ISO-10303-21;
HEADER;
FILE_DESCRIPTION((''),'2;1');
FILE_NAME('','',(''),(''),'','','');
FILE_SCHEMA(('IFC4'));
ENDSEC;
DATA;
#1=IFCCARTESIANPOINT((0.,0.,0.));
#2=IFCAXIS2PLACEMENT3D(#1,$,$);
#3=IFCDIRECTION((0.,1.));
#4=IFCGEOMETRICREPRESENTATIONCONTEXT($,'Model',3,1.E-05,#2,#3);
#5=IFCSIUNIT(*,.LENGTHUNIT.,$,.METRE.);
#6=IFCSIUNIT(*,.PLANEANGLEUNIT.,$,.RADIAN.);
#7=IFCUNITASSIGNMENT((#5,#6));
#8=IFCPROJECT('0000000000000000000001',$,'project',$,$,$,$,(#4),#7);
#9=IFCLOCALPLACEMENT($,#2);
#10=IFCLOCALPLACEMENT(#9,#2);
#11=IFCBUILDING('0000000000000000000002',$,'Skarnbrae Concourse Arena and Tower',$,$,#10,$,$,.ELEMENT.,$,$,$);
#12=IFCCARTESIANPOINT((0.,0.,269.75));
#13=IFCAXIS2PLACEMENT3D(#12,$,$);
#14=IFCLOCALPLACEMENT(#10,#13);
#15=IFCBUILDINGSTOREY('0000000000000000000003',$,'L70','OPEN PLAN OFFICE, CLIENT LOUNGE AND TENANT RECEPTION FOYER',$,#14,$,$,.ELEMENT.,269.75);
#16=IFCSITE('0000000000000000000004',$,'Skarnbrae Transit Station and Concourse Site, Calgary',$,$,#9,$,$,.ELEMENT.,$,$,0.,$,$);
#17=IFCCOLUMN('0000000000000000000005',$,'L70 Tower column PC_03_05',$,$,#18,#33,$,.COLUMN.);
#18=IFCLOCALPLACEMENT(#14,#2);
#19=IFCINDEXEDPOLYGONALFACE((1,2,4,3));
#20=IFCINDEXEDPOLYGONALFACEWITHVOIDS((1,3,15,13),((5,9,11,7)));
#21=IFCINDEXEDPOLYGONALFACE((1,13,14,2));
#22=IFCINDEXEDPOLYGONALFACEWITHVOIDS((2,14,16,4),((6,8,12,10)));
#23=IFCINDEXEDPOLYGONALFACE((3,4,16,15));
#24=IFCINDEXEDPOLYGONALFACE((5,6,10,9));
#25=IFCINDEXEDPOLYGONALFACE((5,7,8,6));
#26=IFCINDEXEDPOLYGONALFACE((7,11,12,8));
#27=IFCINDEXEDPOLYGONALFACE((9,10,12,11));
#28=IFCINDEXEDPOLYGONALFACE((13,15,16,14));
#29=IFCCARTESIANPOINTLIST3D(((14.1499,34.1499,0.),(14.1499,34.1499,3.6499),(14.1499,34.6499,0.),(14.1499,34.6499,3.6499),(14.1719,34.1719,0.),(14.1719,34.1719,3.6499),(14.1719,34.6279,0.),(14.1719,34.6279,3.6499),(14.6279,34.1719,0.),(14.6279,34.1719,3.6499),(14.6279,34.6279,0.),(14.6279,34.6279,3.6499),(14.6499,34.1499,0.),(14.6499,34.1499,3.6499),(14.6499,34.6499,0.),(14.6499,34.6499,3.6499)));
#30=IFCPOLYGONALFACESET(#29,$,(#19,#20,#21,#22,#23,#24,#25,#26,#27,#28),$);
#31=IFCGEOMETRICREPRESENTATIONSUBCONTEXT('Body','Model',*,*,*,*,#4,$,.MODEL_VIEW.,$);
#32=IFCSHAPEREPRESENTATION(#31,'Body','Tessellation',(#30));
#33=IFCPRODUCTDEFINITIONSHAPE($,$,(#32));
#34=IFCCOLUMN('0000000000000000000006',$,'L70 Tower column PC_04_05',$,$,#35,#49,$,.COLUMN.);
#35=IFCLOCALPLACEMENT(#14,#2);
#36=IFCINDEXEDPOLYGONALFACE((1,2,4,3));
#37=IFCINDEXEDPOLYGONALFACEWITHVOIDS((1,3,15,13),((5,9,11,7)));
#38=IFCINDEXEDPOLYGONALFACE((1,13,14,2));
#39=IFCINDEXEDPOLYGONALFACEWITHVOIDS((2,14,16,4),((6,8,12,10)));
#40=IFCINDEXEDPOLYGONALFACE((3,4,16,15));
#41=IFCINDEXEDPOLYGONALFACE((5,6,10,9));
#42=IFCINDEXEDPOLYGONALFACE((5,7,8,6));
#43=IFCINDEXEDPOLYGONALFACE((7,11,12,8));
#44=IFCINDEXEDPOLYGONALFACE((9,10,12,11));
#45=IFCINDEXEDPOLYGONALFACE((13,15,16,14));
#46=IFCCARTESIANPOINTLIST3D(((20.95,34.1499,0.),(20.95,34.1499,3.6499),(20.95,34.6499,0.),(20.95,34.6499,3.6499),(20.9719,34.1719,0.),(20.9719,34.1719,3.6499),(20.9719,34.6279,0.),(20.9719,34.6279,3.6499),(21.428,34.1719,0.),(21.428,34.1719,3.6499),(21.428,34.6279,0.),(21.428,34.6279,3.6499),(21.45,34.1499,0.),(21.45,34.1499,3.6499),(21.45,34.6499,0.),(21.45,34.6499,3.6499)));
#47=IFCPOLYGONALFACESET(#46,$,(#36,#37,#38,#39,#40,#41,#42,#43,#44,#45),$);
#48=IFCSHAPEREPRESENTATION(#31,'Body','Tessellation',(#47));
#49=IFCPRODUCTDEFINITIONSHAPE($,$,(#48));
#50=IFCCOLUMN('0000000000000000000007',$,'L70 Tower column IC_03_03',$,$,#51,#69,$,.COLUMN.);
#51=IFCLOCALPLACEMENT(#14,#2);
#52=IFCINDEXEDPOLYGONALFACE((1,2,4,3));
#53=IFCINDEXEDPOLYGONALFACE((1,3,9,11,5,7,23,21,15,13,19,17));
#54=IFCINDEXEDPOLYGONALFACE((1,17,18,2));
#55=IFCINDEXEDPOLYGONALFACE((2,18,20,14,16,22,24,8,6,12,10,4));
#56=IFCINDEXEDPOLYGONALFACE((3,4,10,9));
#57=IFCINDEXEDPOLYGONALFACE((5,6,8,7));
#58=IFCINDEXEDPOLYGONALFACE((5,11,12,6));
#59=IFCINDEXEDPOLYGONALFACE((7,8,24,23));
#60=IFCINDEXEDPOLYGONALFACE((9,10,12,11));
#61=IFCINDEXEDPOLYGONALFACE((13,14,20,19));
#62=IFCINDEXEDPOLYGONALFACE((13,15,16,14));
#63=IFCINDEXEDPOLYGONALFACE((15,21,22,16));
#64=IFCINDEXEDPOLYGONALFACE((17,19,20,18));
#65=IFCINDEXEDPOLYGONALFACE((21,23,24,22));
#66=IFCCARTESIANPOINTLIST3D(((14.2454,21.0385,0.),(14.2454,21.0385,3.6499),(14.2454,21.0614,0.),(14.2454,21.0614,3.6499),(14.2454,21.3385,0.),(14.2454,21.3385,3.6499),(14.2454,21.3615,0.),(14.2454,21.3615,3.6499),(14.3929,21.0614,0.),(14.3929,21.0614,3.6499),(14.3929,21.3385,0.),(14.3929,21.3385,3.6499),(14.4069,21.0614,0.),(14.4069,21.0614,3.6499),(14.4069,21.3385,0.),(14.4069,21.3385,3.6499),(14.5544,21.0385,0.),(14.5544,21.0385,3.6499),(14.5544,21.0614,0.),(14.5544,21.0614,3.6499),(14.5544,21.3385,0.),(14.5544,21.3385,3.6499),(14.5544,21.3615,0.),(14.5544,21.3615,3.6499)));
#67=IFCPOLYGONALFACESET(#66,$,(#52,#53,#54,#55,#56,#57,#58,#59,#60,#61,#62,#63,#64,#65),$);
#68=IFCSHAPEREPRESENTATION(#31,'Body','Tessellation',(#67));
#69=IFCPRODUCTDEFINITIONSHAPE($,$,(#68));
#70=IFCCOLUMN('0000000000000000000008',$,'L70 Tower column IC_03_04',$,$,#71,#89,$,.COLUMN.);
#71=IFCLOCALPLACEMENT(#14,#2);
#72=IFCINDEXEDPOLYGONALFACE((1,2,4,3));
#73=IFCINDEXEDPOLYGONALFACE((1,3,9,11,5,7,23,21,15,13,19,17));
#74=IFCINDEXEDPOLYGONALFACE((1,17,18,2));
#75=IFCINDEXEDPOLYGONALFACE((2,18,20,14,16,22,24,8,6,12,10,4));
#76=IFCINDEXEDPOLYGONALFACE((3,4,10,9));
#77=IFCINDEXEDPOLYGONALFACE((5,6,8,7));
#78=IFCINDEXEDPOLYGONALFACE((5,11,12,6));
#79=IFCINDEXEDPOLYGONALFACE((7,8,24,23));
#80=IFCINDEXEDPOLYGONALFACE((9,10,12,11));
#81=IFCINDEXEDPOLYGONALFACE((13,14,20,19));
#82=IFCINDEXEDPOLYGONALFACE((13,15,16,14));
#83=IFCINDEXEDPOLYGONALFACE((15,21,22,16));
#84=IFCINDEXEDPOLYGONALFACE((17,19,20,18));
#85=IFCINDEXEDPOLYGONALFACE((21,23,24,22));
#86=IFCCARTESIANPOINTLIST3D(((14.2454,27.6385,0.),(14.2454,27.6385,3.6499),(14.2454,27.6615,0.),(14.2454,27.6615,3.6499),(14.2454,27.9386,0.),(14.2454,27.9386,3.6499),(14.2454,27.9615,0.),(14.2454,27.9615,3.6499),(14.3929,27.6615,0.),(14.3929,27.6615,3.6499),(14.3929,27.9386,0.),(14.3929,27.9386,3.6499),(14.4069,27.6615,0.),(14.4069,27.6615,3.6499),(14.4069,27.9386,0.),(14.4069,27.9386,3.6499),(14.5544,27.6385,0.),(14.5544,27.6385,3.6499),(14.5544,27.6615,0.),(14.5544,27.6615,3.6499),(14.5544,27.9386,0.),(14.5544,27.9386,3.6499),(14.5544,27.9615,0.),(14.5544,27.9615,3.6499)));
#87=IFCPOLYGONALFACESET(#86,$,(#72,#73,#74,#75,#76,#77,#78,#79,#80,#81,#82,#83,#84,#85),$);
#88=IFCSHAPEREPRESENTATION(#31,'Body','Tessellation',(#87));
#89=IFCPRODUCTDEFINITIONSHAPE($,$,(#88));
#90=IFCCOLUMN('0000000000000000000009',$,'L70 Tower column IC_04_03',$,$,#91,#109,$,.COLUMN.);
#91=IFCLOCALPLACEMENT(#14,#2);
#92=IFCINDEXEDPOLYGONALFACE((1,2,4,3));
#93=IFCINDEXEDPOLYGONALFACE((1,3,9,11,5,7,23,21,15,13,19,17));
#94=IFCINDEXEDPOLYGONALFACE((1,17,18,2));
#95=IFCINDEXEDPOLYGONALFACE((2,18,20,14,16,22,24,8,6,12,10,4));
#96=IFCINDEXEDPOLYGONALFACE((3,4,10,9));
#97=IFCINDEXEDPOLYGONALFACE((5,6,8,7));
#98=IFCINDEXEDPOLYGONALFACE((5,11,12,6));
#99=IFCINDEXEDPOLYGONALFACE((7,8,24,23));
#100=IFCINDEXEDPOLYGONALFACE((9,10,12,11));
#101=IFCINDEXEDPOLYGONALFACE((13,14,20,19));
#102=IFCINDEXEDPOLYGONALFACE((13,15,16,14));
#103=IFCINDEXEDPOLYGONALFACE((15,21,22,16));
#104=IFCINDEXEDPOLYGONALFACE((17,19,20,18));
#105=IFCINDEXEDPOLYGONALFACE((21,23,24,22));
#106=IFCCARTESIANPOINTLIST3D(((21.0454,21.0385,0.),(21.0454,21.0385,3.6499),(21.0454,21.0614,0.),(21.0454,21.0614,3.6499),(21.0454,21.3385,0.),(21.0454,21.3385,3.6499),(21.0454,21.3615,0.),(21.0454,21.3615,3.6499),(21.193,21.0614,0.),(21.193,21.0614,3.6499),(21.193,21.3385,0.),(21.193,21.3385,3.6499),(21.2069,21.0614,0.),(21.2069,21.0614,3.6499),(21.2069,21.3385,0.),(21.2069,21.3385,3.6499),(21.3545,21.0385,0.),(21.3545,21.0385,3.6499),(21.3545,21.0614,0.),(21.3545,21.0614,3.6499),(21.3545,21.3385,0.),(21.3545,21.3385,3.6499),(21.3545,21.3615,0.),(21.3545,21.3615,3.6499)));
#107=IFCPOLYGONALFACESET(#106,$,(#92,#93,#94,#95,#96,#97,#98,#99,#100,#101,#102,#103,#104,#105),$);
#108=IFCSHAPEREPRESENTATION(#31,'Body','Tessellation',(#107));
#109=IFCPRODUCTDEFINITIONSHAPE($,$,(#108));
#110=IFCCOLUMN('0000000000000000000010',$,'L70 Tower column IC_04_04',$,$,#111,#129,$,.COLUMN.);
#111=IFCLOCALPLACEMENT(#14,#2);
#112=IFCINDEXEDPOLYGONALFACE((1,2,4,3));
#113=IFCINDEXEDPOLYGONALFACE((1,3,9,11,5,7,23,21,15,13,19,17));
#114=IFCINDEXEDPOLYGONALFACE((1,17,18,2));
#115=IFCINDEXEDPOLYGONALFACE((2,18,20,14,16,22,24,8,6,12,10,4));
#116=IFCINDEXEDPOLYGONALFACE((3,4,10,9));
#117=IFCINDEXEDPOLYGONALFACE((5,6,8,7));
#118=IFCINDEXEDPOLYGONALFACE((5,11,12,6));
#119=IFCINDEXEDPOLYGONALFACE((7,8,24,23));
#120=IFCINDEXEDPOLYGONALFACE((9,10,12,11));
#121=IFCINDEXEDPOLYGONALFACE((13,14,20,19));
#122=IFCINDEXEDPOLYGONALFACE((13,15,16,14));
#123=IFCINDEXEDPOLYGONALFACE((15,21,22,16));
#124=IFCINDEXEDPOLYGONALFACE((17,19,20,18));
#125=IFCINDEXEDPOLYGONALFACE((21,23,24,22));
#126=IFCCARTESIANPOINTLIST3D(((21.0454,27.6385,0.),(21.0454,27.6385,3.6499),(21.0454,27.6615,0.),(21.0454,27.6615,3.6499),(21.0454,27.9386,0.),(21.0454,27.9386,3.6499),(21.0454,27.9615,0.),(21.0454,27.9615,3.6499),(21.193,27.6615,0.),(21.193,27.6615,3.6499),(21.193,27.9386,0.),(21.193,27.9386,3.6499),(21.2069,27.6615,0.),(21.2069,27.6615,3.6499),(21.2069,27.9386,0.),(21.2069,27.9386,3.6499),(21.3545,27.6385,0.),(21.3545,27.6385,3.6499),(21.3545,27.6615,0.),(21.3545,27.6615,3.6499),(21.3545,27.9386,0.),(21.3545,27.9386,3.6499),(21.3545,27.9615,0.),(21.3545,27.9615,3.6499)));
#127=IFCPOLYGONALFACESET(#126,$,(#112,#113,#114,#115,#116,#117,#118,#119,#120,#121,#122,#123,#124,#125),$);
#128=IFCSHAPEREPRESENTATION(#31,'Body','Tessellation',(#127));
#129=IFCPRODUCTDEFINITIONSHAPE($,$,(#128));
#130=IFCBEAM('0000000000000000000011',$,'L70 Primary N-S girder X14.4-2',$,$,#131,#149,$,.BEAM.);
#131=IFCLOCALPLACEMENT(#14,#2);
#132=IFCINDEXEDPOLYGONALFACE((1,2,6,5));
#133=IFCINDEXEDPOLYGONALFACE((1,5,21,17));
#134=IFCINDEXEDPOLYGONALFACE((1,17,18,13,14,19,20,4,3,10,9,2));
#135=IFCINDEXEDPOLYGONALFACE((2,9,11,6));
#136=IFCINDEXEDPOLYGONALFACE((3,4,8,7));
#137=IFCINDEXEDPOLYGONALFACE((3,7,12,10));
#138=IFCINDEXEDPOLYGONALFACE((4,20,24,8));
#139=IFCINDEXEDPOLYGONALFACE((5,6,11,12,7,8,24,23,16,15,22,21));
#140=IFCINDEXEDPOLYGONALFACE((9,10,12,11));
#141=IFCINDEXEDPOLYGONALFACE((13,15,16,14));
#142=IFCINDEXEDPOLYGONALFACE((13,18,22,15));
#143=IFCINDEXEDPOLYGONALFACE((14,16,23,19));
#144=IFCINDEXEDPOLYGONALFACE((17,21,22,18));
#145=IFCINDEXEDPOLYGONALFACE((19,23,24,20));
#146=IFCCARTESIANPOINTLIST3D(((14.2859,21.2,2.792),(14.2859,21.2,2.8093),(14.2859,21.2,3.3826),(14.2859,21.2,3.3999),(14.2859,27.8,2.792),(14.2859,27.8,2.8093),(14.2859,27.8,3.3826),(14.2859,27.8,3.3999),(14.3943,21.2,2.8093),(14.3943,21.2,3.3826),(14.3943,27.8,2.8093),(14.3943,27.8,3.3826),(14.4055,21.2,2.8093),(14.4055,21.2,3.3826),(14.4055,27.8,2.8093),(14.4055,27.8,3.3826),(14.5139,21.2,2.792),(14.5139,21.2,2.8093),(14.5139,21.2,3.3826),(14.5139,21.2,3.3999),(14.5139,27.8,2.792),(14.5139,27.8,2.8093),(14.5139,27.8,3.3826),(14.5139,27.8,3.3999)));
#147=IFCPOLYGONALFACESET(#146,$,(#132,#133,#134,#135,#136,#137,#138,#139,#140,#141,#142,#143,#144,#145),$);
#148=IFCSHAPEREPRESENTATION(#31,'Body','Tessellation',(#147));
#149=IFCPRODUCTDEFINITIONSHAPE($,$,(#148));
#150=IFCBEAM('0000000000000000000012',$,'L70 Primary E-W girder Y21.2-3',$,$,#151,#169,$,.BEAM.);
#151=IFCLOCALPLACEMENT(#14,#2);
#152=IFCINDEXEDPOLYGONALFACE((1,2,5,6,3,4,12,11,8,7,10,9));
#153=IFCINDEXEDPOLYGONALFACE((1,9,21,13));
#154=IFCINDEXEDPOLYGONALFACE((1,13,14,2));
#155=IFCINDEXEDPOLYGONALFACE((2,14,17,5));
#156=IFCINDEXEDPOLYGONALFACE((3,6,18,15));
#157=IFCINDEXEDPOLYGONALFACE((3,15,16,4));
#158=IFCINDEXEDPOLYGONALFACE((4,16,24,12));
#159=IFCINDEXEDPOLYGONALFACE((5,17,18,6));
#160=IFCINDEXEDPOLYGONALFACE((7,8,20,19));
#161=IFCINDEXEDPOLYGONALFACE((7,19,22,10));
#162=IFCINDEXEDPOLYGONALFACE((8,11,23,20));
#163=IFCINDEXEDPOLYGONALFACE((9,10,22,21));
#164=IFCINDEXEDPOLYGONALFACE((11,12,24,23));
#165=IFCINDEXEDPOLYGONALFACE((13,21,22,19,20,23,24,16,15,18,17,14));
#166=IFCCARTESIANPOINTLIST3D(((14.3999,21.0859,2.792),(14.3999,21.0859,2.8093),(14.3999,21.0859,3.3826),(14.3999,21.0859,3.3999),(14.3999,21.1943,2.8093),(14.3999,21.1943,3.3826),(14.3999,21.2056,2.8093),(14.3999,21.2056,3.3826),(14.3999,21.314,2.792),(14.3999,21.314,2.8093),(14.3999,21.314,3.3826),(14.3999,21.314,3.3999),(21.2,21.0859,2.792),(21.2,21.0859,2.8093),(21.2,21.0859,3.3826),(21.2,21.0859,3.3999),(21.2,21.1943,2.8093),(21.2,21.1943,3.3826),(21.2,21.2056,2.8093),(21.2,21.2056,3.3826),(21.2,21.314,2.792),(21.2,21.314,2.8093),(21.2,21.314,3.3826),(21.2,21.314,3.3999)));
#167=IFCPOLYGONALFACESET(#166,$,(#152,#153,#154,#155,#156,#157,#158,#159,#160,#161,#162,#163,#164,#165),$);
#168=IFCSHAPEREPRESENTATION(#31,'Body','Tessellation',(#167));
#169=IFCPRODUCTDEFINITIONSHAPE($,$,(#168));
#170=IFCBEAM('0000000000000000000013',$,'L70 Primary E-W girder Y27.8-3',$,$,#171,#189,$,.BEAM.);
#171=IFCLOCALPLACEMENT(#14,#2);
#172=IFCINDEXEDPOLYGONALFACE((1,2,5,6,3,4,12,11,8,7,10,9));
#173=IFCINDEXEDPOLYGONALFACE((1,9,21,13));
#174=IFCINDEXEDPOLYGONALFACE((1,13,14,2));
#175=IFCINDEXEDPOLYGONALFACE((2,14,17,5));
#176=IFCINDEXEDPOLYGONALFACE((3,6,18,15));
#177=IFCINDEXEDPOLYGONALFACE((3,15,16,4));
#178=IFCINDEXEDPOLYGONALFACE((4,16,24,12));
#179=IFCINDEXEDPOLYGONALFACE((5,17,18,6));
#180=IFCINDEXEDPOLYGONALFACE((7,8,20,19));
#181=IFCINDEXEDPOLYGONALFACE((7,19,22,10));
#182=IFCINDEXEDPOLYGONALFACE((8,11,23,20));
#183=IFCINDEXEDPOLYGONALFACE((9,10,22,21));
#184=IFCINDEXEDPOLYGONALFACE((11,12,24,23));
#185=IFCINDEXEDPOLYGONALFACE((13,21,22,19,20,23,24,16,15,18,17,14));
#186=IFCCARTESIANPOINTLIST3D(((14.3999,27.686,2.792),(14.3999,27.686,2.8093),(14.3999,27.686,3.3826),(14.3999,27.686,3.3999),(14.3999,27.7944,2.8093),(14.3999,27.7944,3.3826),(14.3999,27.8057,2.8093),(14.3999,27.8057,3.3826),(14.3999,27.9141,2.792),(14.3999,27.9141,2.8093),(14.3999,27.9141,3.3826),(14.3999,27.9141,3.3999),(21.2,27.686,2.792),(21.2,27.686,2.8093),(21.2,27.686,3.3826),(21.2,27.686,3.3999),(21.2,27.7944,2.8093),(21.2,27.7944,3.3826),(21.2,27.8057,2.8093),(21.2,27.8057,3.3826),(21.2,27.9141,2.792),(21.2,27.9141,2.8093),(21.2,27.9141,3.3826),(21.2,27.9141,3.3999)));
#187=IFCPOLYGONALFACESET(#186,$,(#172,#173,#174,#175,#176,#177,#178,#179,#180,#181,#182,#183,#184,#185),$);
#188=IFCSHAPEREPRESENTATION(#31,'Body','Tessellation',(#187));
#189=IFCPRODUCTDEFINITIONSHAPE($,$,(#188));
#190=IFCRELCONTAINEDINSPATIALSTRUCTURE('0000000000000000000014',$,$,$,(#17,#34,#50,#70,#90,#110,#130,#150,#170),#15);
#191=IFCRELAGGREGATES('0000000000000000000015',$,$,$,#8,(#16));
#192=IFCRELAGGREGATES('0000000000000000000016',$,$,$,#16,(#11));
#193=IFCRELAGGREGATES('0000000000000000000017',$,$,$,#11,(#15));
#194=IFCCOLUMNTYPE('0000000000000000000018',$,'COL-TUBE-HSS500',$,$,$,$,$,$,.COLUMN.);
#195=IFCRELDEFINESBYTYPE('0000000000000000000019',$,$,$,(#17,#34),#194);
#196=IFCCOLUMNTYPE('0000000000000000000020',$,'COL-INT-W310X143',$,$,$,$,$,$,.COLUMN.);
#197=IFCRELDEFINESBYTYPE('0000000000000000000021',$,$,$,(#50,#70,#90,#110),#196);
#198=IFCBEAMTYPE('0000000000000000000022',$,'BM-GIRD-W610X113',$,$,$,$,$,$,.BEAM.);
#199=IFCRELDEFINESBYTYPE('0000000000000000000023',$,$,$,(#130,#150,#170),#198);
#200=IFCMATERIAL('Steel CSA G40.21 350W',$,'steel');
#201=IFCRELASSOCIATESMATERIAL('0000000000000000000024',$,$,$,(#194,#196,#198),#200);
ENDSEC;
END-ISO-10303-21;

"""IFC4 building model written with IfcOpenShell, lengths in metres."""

from ifc_helpers import new_model, si_unit, direction, frame, origin, origin_2d, place, context, subcontext, project, spatial, hollow_rectangle, i_section, extrude, source, transform, mapped, material, material_profile, profile_set, type_object, element, save


model = new_model("IFC4")

# Units and contexts
model_context = context("Model", 3, precision=1e-05, world=origin(), true_north=direction((0.0, 1.0)))
body_context = subcontext(model_context, "Body", "Model", "MODEL_VIEW")
ifc_project = project(units=[si_unit("LENGTHUNIT", "METRE"), si_unit("PLANEANGLEUNIT", "RADIAN")], contexts=[model_context])

# Site, building, storey
site_placement = place(None, origin())
site = spatial("IfcSite", under=ifc_project, at=site_placement, Name="Skarnbrae Transit Station and Concourse Site, Calgary", CompositionType="ELEMENT", RefElevation=0.0)
building_placement = place(site_placement, origin())
building = spatial("IfcBuilding", under=site, at=building_placement, Name="Skarnbrae Concourse Arena and Tower", CompositionType="ELEMENT")
storey_placement = place(building_placement, frame((0.0, 0.0, 269.75)))
storey = spatial("IfcBuildingStorey", under=building, at=storey_placement, Name="L70", Description="OPEN PLAN OFFICE, CLIENT LOUNGE AND TENANT RECEPTION FOYER", CompositionType="ELEMENT", Elevation=269.75)

# Columns
ifc_material_1 = material(Name="Steel CSA G40.21 350W", Category="steel")
ifc_material_profile_1 = material_profile(ifc_material_1, hollow_rectangle(XDim=0.5, YDim=0.5, WallThickness=0.022, at=origin_2d()), Name="HSS500X500X22.0")
ifc_profile_set_1 = profile_set([ifc_material_profile_1], Name="Steel CSA G40.21 350W")
column_type_1 = type_object("IfcColumnType", Name="COL-TUBE-HSS500", PredefinedType="COLUMN", material=ifc_profile_set_1)
shared_shape_1 = source(origin(), body_context, "Body", "SweptSolid", [
    extrude(hollow_rectangle(XDim=0.5, YDim=0.5, WallThickness=0.022, at=origin_2d()), origin(), (0.0, 0.0, 1.0), 3.6499),
])
for number, where, z_axis, x_axis, name in (
    (1, (14.3999, 34.3999, 0.0), (0.0, 0.0, 1.0), (1.0, 0.0, 0.0), "L70 Tower column PC_03_05"),
    (2, (21.2, 34.3999, 0.0), (0.0, 0.0, 1.0), (1.0, 0.0, 0.0), "L70 Tower column PC_04_05"),
):
    element("IfcColumn", number, at=place(storey_placement, frame(where, z_axis=z_axis, x_axis=x_axis)), inside=storey, type_object=column_type_1, Name=name, PredefinedType="COLUMN", context=body_context, shape_type="MappedRepresentation", body=[
        mapped(shared_shape_1, transform((0.0, 0.0, 0.0))),
    ])
ifc_material_profile_2 = material_profile(ifc_material_1, i_section(OverallWidth=0.3091, OverallDepth=0.323, WebThickness=0.0139, FlangeThickness=0.0229, at=origin_2d()), Name="W310X143")
ifc_profile_set_2 = profile_set([ifc_material_profile_2], Name="Steel CSA G40.21 350W")
column_type_2 = type_object("IfcColumnType", Name="COL-INT-W310X143", PredefinedType="COLUMN", material=ifc_profile_set_2)
shared_shape_2 = source(origin(), body_context, "Body", "SweptSolid", [
    extrude(i_section(OverallWidth=0.3091, OverallDepth=0.323, WebThickness=0.0139, FlangeThickness=0.0229, at=origin_2d()), origin(), (0.0, 0.0, 1.0), 3.6499),
])
for number, where, z_axis, x_axis, name in (
    (3, (14.3999, 21.2, 0.0), (0.0, 0.0, 1.0), (1.0, 0.0, 0.0), "L70 Tower column IC_03_03"),
    (4, (14.3999, 27.8, 0.0), (0.0, 0.0, 1.0), (1.0, 0.0, 0.0), "L70 Tower column IC_03_04"),
    (5, (21.2, 21.2, 0.0), (0.0, 0.0, 1.0), (1.0, 0.0, 0.0), "L70 Tower column IC_04_03"),
    (6, (21.2, 27.8, 0.0), (0.0, 0.0, 1.0), (1.0, 0.0, 0.0), "L70 Tower column IC_04_04"),
):
    element("IfcColumn", number, at=place(storey_placement, frame(where, z_axis=z_axis, x_axis=x_axis)), inside=storey, type_object=column_type_2, Name=name, PredefinedType="COLUMN", context=body_context, shape_type="MappedRepresentation", body=[
        mapped(shared_shape_2, transform((0.0, 0.0, 0.0))),
    ])

# Beams
ifc_material_profile_3 = material_profile(ifc_material_1, i_section(OverallWidth=0.228, OverallDepth=0.6079, WebThickness=0.0112, FlangeThickness=0.0173, at=origin_2d()), Name="W610X113")
ifc_profile_set_3 = profile_set([ifc_material_profile_3], Name="Steel CSA G40.21 350W")
beam_type_1 = type_object("IfcBeamType", Name="BM-GIRD-W610X113", PredefinedType="BEAM", material=ifc_profile_set_3)
shared_shape_3 = source(origin(), body_context, "Body", "SweptSolid", [
    extrude(i_section(OverallWidth=0.228, OverallDepth=0.6079, WebThickness=0.0112, FlangeThickness=0.0173, at=origin_2d()), origin(), (0.0, 0.0, 1.0), 6.6001),
])
beam_1_placement = place(storey_placement, frame((14.3999, 21.2, 3.0959), z_axis=(0.0, 1.0, 0.0), x_axis=(-1.0, 0.0, 0.0)))
element("IfcBeam", 7, at=beam_1_placement, inside=storey, type_object=beam_type_1, Name="L70 Primary N-S girder X14.4-2", PredefinedType="BEAM", context=body_context, shape_type="MappedRepresentation", body=[
    mapped(shared_shape_3, transform((0.0, 0.0, 0.0))),
])
shared_shape_4 = source(origin(), body_context, "Body", "SweptSolid", [
    extrude(i_section(OverallWidth=0.228, OverallDepth=0.6079, WebThickness=0.0112, FlangeThickness=0.0173, at=origin_2d()), origin(), (0.0, 0.0, 1.0), 6.8),
])
for number, where, z_axis, x_axis, name in (
    (8, (14.3999, 21.2, 3.0959), (1.0, 0.0, 0.0), (0.0, 1.0, 0.0), "L70 Primary E-W girder Y21.2-3"),
    (9, (14.3999, 27.8, 3.0959), (1.0, 0.0, 0.0), (0.0, 1.0, 0.0), "L70 Primary E-W girder Y27.8-3"),
):
    element("IfcBeam", number, at=place(storey_placement, frame(where, z_axis=z_axis, x_axis=x_axis)), inside=storey, type_object=beam_type_1, Name=name, PredefinedType="BEAM", context=body_context, shape_type="MappedRepresentation", body=[
        mapped(shared_shape_4, transform((0.0, 0.0, 0.0))),
    ])

save(model, "model.ifc")
